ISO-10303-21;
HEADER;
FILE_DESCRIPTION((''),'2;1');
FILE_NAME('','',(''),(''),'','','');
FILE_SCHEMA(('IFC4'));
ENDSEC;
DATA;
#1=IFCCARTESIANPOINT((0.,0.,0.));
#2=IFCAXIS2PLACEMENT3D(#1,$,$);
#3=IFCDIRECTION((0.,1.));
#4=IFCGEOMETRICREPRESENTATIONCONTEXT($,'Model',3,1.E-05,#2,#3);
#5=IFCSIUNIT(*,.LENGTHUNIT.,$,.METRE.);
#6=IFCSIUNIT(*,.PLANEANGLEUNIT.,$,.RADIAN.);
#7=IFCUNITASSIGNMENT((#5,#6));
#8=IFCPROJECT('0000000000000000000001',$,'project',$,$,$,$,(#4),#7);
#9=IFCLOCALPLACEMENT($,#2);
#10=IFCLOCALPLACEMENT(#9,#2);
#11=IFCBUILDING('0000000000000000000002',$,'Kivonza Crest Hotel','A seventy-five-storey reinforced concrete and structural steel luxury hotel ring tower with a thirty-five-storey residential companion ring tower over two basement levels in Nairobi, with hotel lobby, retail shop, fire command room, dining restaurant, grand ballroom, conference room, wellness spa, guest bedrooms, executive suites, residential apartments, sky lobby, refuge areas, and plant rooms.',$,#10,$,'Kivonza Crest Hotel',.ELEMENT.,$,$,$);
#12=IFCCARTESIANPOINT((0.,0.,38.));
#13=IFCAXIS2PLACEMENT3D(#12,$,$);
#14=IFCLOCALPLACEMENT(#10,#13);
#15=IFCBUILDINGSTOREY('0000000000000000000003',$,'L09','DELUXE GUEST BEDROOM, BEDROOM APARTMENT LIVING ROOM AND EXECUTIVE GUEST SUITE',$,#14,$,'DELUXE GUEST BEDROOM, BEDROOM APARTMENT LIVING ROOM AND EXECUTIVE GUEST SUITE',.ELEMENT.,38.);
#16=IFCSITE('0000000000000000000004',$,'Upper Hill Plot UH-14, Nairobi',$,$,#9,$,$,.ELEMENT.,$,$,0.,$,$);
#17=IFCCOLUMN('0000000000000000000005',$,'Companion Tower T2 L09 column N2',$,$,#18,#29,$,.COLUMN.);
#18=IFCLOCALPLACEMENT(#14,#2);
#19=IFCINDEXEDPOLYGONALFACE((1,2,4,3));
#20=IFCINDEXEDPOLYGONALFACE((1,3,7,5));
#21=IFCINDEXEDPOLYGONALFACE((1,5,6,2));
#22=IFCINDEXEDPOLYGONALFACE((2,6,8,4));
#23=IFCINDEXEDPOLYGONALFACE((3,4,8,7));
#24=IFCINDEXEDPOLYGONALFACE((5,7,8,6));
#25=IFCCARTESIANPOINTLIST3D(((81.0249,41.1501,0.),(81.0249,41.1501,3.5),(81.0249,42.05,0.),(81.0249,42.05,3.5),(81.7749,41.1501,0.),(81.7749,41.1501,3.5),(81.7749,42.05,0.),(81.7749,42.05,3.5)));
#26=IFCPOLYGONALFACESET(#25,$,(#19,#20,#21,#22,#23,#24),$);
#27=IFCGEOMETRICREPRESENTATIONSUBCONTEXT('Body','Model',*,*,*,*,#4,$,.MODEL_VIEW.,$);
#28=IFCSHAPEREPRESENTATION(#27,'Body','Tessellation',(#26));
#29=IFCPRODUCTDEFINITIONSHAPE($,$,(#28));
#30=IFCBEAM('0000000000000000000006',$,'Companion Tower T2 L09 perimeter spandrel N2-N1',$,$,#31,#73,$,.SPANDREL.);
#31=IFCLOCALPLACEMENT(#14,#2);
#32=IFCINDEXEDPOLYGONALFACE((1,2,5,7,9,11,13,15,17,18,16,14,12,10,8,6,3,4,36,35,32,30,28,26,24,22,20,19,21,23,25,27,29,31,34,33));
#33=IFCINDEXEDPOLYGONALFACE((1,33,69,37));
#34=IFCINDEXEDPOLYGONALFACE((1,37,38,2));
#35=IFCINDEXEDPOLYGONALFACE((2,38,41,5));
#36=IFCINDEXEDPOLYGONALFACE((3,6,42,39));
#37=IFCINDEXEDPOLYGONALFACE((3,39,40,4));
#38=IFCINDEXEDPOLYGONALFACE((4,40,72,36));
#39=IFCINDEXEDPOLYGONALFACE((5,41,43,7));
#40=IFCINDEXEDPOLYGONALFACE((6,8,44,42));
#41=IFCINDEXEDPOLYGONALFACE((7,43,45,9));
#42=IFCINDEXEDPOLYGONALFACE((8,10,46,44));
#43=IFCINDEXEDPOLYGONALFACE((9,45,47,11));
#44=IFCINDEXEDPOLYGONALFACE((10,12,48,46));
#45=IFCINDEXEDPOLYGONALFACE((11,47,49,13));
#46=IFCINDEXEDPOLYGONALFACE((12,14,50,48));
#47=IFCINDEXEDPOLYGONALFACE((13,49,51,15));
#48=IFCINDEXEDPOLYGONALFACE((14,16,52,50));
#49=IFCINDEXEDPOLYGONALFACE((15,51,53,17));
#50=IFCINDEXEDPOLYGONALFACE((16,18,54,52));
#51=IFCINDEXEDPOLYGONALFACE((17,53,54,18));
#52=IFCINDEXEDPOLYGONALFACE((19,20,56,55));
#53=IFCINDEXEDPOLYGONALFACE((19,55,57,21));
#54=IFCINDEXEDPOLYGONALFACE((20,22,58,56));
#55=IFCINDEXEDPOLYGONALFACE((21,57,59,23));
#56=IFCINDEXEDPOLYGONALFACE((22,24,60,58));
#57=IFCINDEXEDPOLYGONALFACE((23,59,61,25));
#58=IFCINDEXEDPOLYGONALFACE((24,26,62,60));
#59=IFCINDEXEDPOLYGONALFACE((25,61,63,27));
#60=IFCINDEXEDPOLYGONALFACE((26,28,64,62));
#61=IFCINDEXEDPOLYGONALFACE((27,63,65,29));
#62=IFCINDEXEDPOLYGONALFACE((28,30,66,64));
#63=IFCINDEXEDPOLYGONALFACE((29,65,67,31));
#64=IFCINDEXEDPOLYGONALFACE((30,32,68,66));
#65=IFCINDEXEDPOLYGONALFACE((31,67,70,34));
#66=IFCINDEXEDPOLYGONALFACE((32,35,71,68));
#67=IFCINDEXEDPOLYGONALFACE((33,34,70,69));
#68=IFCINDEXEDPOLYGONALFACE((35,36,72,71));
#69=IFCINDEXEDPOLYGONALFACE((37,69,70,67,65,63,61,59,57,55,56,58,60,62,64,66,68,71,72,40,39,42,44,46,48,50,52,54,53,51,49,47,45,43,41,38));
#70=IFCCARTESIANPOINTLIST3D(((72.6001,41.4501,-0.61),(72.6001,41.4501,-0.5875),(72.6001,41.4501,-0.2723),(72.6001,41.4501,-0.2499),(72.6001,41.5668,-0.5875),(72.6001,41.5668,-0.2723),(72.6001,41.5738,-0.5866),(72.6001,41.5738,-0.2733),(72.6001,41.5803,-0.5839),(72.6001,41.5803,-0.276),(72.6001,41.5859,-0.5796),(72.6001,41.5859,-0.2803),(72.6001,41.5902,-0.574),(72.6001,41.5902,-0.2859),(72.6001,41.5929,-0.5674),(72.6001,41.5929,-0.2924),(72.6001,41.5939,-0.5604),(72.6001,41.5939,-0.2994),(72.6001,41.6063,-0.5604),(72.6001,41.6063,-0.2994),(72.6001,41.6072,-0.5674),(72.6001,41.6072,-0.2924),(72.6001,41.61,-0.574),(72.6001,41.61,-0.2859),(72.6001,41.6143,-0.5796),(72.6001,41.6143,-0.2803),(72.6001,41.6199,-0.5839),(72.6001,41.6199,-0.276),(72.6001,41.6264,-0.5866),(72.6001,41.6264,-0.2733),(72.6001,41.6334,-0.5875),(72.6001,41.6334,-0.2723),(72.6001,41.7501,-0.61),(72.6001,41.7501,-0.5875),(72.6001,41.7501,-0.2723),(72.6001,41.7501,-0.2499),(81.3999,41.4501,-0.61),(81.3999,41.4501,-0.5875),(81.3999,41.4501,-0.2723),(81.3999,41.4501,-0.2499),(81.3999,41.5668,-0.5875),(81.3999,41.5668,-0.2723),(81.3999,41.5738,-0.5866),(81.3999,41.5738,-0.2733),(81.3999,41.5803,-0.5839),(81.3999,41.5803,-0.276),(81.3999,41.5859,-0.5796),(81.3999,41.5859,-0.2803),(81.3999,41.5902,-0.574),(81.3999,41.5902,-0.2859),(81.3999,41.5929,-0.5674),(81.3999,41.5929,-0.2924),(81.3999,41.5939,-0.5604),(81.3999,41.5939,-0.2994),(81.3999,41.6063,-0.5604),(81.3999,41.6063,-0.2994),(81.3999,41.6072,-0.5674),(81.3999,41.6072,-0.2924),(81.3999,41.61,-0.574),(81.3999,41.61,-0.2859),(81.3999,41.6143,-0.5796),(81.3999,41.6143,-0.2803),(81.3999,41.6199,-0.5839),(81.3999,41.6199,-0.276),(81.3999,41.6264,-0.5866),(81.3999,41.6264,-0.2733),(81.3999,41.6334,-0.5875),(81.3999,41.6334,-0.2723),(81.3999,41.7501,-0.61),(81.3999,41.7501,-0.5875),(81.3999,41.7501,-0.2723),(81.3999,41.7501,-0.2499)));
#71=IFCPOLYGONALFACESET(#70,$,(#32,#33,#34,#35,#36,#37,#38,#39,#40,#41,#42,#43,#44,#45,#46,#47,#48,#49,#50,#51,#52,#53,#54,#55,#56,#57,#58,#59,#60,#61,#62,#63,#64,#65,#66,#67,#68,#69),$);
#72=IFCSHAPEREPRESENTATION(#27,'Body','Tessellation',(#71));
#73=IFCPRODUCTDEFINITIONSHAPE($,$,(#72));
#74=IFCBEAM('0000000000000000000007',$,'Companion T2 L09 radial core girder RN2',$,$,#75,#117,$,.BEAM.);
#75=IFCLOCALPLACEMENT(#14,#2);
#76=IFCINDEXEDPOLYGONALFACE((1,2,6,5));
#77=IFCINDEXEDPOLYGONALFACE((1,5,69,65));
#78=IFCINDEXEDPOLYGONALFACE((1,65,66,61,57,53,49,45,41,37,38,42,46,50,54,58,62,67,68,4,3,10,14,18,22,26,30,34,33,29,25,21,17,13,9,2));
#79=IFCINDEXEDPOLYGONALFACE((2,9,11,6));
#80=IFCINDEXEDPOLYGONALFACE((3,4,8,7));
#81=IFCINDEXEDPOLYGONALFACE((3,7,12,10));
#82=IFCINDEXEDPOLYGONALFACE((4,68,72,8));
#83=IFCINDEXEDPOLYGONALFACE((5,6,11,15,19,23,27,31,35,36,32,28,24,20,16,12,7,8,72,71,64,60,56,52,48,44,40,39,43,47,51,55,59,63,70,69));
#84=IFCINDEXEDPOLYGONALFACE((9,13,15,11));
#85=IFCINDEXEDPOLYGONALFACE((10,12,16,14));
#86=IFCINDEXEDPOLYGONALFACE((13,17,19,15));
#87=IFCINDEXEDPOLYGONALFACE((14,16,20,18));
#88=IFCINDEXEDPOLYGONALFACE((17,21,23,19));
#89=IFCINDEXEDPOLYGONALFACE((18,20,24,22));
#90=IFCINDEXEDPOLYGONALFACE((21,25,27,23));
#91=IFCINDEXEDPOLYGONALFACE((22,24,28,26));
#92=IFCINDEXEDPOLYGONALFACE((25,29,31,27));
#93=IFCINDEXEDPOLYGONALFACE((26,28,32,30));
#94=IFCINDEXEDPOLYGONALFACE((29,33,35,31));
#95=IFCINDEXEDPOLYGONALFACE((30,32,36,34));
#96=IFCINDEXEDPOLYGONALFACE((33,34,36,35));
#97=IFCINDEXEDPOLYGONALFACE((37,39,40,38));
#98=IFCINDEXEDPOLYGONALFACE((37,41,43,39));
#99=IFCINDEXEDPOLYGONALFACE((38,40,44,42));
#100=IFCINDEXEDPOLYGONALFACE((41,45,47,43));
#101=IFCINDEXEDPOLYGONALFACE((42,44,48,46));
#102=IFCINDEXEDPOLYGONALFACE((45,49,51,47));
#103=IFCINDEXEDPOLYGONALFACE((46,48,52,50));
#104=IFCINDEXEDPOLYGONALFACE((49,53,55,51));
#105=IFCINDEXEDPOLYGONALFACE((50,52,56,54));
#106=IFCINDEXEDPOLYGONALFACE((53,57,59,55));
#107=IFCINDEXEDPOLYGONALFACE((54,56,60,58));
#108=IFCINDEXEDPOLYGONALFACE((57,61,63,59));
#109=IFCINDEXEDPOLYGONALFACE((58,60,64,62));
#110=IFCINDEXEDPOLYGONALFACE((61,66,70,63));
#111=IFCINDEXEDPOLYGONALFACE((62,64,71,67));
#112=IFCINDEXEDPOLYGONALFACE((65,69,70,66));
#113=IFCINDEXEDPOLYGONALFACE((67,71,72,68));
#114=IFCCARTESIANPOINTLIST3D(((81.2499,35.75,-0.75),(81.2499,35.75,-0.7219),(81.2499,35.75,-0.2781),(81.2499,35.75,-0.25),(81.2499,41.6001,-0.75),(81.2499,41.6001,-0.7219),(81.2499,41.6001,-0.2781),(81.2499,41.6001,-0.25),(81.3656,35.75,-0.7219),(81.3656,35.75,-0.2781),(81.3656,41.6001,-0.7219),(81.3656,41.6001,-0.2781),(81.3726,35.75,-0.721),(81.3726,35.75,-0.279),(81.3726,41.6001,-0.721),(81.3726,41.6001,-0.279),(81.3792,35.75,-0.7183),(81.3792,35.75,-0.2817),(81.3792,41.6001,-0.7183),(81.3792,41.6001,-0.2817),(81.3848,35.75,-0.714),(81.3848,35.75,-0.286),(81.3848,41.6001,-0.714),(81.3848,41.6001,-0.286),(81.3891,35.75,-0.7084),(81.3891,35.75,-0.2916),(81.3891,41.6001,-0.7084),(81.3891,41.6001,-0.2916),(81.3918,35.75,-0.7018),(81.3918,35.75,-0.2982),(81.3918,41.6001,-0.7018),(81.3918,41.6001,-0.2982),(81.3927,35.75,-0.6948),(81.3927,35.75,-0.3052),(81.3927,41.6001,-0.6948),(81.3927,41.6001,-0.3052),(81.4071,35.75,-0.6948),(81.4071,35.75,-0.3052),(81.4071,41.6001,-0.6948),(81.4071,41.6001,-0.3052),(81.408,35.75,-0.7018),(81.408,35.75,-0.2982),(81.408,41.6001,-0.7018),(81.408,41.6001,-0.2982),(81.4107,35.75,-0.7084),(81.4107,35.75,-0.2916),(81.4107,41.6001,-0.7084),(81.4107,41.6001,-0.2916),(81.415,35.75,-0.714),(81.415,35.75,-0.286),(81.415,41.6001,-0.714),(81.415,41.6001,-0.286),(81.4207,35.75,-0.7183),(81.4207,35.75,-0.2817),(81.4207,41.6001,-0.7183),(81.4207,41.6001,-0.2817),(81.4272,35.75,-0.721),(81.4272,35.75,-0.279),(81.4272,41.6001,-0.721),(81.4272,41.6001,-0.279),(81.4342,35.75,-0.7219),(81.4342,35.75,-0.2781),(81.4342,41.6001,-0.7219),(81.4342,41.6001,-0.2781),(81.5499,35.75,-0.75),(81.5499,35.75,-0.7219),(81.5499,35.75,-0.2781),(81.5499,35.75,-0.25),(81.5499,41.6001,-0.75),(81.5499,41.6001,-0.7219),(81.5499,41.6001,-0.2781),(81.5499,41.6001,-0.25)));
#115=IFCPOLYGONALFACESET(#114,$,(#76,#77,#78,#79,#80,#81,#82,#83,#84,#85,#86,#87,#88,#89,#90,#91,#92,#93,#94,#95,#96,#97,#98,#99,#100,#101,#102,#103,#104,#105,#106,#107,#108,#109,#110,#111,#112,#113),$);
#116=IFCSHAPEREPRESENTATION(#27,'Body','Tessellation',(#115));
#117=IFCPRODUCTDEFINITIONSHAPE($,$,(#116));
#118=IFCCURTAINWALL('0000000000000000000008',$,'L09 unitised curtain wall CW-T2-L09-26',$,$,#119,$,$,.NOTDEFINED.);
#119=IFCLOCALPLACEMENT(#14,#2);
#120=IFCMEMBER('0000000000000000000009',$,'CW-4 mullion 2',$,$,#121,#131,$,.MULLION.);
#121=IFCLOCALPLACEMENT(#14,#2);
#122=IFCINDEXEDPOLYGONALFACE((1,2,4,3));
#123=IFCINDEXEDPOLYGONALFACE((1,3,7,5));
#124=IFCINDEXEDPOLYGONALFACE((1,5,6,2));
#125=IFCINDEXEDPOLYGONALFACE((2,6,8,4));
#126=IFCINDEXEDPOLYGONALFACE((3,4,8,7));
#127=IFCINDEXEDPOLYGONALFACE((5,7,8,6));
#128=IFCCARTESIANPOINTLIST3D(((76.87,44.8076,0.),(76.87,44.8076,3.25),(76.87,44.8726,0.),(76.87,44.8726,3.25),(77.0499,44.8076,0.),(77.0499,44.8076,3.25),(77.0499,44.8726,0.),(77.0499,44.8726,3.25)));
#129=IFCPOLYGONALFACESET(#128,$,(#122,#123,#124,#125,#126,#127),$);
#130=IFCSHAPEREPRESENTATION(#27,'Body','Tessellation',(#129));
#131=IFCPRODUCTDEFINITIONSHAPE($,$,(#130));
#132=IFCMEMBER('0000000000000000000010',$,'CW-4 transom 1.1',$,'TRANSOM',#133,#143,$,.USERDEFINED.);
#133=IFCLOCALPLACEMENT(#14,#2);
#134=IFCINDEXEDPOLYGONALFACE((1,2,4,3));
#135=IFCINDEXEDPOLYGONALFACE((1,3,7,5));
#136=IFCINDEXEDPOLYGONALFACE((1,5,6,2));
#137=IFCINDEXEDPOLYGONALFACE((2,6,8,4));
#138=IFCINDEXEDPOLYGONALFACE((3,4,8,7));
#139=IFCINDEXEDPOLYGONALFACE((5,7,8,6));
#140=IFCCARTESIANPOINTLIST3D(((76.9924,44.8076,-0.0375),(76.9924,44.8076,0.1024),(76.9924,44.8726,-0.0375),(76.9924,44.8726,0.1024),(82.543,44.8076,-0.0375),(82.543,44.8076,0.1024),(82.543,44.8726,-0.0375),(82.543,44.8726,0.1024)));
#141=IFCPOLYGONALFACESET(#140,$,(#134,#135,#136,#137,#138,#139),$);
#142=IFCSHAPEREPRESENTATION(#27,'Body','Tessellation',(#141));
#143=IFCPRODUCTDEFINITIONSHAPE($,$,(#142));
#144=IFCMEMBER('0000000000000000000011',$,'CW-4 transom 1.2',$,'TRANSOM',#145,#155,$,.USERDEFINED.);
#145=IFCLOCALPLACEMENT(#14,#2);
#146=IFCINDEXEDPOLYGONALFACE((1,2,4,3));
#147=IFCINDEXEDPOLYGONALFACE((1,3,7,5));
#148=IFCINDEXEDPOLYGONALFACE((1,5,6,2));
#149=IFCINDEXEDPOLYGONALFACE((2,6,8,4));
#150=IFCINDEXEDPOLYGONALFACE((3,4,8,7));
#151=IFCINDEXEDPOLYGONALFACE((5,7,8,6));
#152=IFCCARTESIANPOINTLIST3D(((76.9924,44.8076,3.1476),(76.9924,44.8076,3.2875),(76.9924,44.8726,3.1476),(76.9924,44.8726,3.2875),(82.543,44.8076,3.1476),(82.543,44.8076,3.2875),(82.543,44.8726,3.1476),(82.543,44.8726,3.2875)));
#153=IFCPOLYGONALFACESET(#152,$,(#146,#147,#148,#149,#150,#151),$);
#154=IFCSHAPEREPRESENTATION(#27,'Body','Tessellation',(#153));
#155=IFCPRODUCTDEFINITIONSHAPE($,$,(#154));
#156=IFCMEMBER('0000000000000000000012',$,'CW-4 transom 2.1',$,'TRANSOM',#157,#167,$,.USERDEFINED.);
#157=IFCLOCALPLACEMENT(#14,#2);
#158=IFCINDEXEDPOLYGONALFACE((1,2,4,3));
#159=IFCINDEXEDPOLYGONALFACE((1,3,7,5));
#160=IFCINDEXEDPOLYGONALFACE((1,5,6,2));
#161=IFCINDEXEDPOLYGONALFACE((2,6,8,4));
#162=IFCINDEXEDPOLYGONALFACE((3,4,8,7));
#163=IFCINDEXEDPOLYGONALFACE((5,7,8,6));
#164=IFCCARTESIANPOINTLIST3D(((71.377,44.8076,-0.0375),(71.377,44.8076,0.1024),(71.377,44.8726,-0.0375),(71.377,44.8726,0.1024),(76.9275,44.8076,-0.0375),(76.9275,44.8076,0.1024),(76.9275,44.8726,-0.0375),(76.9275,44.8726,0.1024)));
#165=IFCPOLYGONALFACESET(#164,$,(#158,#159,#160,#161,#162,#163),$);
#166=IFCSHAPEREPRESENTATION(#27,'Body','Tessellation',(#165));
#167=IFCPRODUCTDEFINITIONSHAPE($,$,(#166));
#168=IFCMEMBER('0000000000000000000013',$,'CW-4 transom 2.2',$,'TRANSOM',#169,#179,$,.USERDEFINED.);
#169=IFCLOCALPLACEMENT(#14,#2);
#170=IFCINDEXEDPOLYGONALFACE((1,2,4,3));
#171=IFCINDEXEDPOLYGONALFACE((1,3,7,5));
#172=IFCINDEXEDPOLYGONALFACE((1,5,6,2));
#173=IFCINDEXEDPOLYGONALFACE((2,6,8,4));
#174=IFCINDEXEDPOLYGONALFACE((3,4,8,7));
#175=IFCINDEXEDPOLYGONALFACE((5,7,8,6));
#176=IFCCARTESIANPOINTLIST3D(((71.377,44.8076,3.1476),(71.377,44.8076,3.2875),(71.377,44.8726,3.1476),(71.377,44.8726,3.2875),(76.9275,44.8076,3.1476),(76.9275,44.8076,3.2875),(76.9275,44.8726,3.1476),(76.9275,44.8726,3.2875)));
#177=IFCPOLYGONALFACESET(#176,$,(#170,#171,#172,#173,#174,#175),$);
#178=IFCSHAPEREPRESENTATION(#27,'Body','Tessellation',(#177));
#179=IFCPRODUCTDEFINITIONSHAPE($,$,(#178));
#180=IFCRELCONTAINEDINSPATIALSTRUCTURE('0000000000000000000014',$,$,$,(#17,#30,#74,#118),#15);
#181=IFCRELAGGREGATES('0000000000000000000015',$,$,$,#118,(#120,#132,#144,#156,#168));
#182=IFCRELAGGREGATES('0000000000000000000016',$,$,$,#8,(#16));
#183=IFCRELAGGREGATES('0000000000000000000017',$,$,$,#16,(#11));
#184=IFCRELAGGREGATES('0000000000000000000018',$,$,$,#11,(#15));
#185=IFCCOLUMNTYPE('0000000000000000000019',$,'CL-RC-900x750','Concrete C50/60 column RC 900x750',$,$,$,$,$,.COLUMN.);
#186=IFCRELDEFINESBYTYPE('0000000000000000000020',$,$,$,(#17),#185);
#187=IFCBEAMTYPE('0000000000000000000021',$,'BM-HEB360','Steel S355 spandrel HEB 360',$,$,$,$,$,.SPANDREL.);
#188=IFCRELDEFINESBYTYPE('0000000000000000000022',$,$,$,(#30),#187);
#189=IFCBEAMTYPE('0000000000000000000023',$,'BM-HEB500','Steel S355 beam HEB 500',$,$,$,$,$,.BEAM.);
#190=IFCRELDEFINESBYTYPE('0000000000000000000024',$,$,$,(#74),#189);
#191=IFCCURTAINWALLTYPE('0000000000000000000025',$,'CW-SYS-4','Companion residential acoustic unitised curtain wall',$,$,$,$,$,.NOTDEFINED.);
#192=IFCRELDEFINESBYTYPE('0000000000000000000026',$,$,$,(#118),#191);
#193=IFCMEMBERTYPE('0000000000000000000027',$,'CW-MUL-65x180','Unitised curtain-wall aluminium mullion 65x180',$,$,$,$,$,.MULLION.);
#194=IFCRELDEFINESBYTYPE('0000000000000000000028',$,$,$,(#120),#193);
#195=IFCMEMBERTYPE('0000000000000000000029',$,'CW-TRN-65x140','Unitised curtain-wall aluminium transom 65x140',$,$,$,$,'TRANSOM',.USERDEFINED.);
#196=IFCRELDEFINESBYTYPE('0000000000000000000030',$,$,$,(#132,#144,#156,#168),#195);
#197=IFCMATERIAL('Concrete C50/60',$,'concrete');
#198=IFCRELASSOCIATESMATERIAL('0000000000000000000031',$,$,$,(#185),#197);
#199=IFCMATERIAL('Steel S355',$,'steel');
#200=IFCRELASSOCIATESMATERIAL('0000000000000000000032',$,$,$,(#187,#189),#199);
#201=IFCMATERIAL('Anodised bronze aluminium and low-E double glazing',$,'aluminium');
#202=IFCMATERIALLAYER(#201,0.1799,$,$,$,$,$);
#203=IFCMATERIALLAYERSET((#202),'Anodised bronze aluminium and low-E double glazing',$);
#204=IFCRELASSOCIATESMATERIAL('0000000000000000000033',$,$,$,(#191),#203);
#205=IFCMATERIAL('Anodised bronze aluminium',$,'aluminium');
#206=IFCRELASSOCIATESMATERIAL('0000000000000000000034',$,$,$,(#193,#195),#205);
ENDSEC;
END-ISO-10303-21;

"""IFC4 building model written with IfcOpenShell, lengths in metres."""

from ifc_helpers import new_model, si_unit, direction, frame, origin, origin_2d, place, context, subcontext, project, spatial, rectangle, i_section, extrude, material, layer, layer_set, material_profile, profile_set, type_object, element, aggregate, save


model = new_model("IFC4")

# Units and contexts
model_context = context("Model", 3, precision=1e-05, world=origin(), true_north=direction((0.0, 1.0)))
body_context = subcontext(model_context, "Body", "Model", "MODEL_VIEW")
ifc_project = project(units=[si_unit("LENGTHUNIT", "METRE"), si_unit("PLANEANGLEUNIT", "RADIAN")], contexts=[model_context])

# Site, building, storey
site_placement = place(None, origin())
site = spatial("IfcSite", under=ifc_project, at=site_placement, Name="Upper Hill Plot UH-14, Nairobi", CompositionType="ELEMENT", RefElevation=0.0)
building_placement = place(site_placement, origin())
building = spatial("IfcBuilding", under=site, at=building_placement, Name="Kivonza Crest Hotel", Description="A seventy-five-storey reinforced concrete and structural steel luxury hotel ring tower with a thirty-five-storey residential companion ring tower over two basement levels in Nairobi, with hotel lobby, retail shop, fire command room, dining restaurant, grand ballroom, conference room, wellness spa, guest bedrooms, executive suites, residential apartments, sky lobby, refuge areas, and plant rooms.", LongName="Kivonza Crest Hotel", CompositionType="ELEMENT")
storey_placement = place(building_placement, frame((0.0, 0.0, 38.0)))
storey = spatial("IfcBuildingStorey", under=building, at=storey_placement, Name="L09", Description="DELUXE GUEST BEDROOM, BEDROOM APARTMENT LIVING ROOM AND EXECUTIVE GUEST SUITE", LongName="DELUXE GUEST BEDROOM, BEDROOM APARTMENT LIVING ROOM AND EXECUTIVE GUEST SUITE", CompositionType="ELEMENT", Elevation=38.0)

# Column
ifc_material_1 = material(Name="Concrete C50/60", Category="concrete")
ifc_material_profile_1 = material_profile(ifc_material_1, rectangle(XDim=0.75, YDim=0.8999, at=origin_2d()), Name="RC 900x750")
ifc_profile_set_1 = profile_set([ifc_material_profile_1], Name="Concrete C50/60")
column_type = type_object("IfcColumnType", Name="CL-RC-900x750", Description="Concrete C50/60 column RC 900x750", PredefinedType="COLUMN", material=ifc_profile_set_1)
column_placement = place(storey_placement, frame((81.3999, 41.6001, 0.0), z_axis=(0.0, 0.0, 1.0), x_axis=(1.0, 0.0, 0.0)))
element("IfcColumn", 1, at=column_placement, inside=storey, type_object=column_type, Name="Companion Tower T2 L09 column N2", PredefinedType="COLUMN", context=body_context, shape_type="SweptSolid", body=[
    extrude(rectangle(XDim=0.75, YDim=0.8999, at=origin_2d()), origin(), (0.0, 0.0, 1.0), 3.5),
])

# Beams
ifc_material_2 = material(Name="Steel S355", Category="steel")
ifc_material_profile_2 = material_profile(ifc_material_2, i_section(OverallWidth=0.3, OverallDepth=0.3601, WebThickness=0.0125, FlangeThickness=0.0225, FilletRadius=0.0271, at=origin_2d()), Name="HEB 360")
ifc_profile_set_2 = profile_set([ifc_material_profile_2], Name="Steel S355")
beam_type_1 = type_object("IfcBeamType", Name="BM-HEB360", Description="Steel S355 spandrel HEB 360", PredefinedType="SPANDREL", material=ifc_profile_set_2)
beam_1_placement = place(storey_placement, frame((81.3999, 41.6001, -0.4299), z_axis=(-1.0, 0.0, 0.0), x_axis=(0.0, -1.0, 0.0)))
element("IfcBeam", 2, at=beam_1_placement, inside=storey, type_object=beam_type_1, Name="Companion Tower T2 L09 perimeter spandrel N2-N1", PredefinedType="SPANDREL", context=body_context, shape_type="SweptSolid", body=[
    extrude(i_section(OverallWidth=0.3, OverallDepth=0.3601, WebThickness=0.0125, FlangeThickness=0.0225, FilletRadius=0.0271, at=origin_2d()), origin(), (0.0, 0.0, 1.0), 8.7998),
])
ifc_material_profile_3 = material_profile(ifc_material_2, i_section(OverallWidth=0.3, OverallDepth=0.5, WebThickness=0.0144, FlangeThickness=0.0281, FilletRadius=0.0271, at=origin_2d()), Name="HEB 500")
ifc_profile_set_3 = profile_set([ifc_material_profile_3], Name="Steel S355")
beam_type_2 = type_object("IfcBeamType", Name="BM-HEB500", Description="Steel S355 beam HEB 500", PredefinedType="BEAM", material=ifc_profile_set_3)
beam_2_placement = place(storey_placement, frame((81.3999, 41.6001, -0.5), z_axis=(0.0, -1.0, 0.0), x_axis=(1.0, 0.0, 0.0)))
element("IfcBeam", 3, at=beam_2_placement, inside=storey, type_object=beam_type_2, Name="Companion T2 L09 radial core girder RN2", PredefinedType="BEAM", context=body_context, shape_type="SweptSolid", body=[
    extrude(i_section(OverallWidth=0.3, OverallDepth=0.5, WebThickness=0.0144, FlangeThickness=0.0281, FilletRadius=0.0271, at=origin_2d()), origin(), (0.0, 0.0, 1.0), 5.8501),
])

# Curtain wall, members
ifc_material_3 = material(Name="Anodised bronze aluminium and low-E double glazing", Category="aluminium")
ifc_layer_1 = layer(ifc_material_3, 0.1799)
ifc_layer_set_1 = layer_set([ifc_layer_1], Name="Anodised bronze aluminium and low-E double glazing")
curtain_wall_type = type_object("IfcCurtainWallType", Name="CW-SYS-4", Description="Companion residential acoustic unitised curtain wall", PredefinedType="NOTDEFINED", material=ifc_layer_set_1)
curtain_wall_placement = place(storey_placement, origin())
curtain_wall = element("IfcCurtainWall", 4, at=curtain_wall_placement, inside=storey, type_object=curtain_wall_type, Name="L09 unitised curtain wall CW-T2-L09-26", PredefinedType="NOTDEFINED")
ifc_material_4 = material(Name="Anodised bronze aluminium", Category="aluminium")
ifc_material_profile_4 = material_profile(ifc_material_4, rectangle(XDim=0.0649, YDim=0.1799, at=origin_2d()), Name="CW-M 65x180")
ifc_profile_set_4 = profile_set([ifc_material_profile_4], Name="Anodised bronze aluminium")
member_type_1 = type_object("IfcMemberType", Name="CW-MUL-65x180", Description="Unitised curtain-wall aluminium mullion 65x180", PredefinedType="MULLION", material=ifc_profile_set_4)
member_1_placement = place(storey_placement, frame((76.96, 44.8401, 0.0), z_axis=(0.0, 0.0, 1.0), x_axis=(0.0, -1.0, 0.0)))
member_1 = element("IfcMember", 5, at=member_1_placement, type_object=member_type_1, Name="CW-4 mullion 2", PredefinedType="MULLION", context=body_context, shape_type="SweptSolid", body=[
    extrude(rectangle(XDim=0.0649, YDim=0.1799, at=origin_2d()), origin(), (0.0, 0.0, 1.0), 3.25),
])
ifc_material_profile_5 = material_profile(ifc_material_4, rectangle(XDim=0.0649, YDim=0.1399, at=origin_2d()), Name="CW-T 65x140")
ifc_profile_set_5 = profile_set([ifc_material_profile_5], Name="Anodised bronze aluminium")
member_type_2 = type_object("IfcMemberType", Name="CW-TRN-65x140", Description="Unitised curtain-wall aluminium transom 65x140", ElementType="TRANSOM", PredefinedType="USERDEFINED", material=ifc_profile_set_5)
member_2_placement = place(storey_placement, frame((82.543, 44.8401, 0.0325), z_axis=(-1.0, 0.0, 0.0), x_axis=(0.0, -1.0, 0.0)))
member_2 = element("IfcMember", 6, at=member_2_placement, type_object=member_type_2, Name="CW-4 transom 1.1", ObjectType="TRANSOM", PredefinedType="USERDEFINED", context=body_context, shape_type="SweptSolid", body=[
    extrude(rectangle(XDim=0.0649, YDim=0.1399, at=origin_2d()), origin(), (0.0, 0.0, 1.0), 5.5505),
])
member_3_placement = place(storey_placement, frame((82.543, 44.8401, 3.2175), z_axis=(-1.0, 0.0, 0.0), x_axis=(0.0, -1.0, 0.0)))
member_3 = element("IfcMember", 7, at=member_3_placement, type_object=member_type_2, Name="CW-4 transom 1.2", ObjectType="TRANSOM", PredefinedType="USERDEFINED", context=body_context, shape_type="SweptSolid", body=[
    extrude(rectangle(XDim=0.0649, YDim=0.1399, at=origin_2d()), origin(), (0.0, 0.0, 1.0), 5.5505),
])
member_4_placement = place(storey_placement, frame((76.9275, 44.8401, 0.0325), z_axis=(-1.0, 0.0, 0.0), x_axis=(0.0, -1.0, 0.0)))
member_4 = element("IfcMember", 8, at=member_4_placement, type_object=member_type_2, Name="CW-4 transom 2.1", ObjectType="TRANSOM", PredefinedType="USERDEFINED", context=body_context, shape_type="SweptSolid", body=[
    extrude(rectangle(XDim=0.0649, YDim=0.1399, at=origin_2d()), origin(), (0.0, 0.0, 1.0), 5.5505),
])
member_5_placement = place(storey_placement, frame((76.9275, 44.8401, 3.2175), z_axis=(-1.0, 0.0, 0.0), x_axis=(0.0, -1.0, 0.0)))
member_5 = element("IfcMember", 9, at=member_5_placement, type_object=member_type_2, Name="CW-4 transom 2.2", ObjectType="TRANSOM", PredefinedType="USERDEFINED", context=body_context, shape_type="SweptSolid", body=[
    extrude(rectangle(XDim=0.0649, YDim=0.1399, at=origin_2d()), origin(), (0.0, 0.0, 1.0), 5.5505),
])
aggregate(curtain_wall, [member_1, member_2, member_3, member_4, member_5])

save(model, "model.ifc")
